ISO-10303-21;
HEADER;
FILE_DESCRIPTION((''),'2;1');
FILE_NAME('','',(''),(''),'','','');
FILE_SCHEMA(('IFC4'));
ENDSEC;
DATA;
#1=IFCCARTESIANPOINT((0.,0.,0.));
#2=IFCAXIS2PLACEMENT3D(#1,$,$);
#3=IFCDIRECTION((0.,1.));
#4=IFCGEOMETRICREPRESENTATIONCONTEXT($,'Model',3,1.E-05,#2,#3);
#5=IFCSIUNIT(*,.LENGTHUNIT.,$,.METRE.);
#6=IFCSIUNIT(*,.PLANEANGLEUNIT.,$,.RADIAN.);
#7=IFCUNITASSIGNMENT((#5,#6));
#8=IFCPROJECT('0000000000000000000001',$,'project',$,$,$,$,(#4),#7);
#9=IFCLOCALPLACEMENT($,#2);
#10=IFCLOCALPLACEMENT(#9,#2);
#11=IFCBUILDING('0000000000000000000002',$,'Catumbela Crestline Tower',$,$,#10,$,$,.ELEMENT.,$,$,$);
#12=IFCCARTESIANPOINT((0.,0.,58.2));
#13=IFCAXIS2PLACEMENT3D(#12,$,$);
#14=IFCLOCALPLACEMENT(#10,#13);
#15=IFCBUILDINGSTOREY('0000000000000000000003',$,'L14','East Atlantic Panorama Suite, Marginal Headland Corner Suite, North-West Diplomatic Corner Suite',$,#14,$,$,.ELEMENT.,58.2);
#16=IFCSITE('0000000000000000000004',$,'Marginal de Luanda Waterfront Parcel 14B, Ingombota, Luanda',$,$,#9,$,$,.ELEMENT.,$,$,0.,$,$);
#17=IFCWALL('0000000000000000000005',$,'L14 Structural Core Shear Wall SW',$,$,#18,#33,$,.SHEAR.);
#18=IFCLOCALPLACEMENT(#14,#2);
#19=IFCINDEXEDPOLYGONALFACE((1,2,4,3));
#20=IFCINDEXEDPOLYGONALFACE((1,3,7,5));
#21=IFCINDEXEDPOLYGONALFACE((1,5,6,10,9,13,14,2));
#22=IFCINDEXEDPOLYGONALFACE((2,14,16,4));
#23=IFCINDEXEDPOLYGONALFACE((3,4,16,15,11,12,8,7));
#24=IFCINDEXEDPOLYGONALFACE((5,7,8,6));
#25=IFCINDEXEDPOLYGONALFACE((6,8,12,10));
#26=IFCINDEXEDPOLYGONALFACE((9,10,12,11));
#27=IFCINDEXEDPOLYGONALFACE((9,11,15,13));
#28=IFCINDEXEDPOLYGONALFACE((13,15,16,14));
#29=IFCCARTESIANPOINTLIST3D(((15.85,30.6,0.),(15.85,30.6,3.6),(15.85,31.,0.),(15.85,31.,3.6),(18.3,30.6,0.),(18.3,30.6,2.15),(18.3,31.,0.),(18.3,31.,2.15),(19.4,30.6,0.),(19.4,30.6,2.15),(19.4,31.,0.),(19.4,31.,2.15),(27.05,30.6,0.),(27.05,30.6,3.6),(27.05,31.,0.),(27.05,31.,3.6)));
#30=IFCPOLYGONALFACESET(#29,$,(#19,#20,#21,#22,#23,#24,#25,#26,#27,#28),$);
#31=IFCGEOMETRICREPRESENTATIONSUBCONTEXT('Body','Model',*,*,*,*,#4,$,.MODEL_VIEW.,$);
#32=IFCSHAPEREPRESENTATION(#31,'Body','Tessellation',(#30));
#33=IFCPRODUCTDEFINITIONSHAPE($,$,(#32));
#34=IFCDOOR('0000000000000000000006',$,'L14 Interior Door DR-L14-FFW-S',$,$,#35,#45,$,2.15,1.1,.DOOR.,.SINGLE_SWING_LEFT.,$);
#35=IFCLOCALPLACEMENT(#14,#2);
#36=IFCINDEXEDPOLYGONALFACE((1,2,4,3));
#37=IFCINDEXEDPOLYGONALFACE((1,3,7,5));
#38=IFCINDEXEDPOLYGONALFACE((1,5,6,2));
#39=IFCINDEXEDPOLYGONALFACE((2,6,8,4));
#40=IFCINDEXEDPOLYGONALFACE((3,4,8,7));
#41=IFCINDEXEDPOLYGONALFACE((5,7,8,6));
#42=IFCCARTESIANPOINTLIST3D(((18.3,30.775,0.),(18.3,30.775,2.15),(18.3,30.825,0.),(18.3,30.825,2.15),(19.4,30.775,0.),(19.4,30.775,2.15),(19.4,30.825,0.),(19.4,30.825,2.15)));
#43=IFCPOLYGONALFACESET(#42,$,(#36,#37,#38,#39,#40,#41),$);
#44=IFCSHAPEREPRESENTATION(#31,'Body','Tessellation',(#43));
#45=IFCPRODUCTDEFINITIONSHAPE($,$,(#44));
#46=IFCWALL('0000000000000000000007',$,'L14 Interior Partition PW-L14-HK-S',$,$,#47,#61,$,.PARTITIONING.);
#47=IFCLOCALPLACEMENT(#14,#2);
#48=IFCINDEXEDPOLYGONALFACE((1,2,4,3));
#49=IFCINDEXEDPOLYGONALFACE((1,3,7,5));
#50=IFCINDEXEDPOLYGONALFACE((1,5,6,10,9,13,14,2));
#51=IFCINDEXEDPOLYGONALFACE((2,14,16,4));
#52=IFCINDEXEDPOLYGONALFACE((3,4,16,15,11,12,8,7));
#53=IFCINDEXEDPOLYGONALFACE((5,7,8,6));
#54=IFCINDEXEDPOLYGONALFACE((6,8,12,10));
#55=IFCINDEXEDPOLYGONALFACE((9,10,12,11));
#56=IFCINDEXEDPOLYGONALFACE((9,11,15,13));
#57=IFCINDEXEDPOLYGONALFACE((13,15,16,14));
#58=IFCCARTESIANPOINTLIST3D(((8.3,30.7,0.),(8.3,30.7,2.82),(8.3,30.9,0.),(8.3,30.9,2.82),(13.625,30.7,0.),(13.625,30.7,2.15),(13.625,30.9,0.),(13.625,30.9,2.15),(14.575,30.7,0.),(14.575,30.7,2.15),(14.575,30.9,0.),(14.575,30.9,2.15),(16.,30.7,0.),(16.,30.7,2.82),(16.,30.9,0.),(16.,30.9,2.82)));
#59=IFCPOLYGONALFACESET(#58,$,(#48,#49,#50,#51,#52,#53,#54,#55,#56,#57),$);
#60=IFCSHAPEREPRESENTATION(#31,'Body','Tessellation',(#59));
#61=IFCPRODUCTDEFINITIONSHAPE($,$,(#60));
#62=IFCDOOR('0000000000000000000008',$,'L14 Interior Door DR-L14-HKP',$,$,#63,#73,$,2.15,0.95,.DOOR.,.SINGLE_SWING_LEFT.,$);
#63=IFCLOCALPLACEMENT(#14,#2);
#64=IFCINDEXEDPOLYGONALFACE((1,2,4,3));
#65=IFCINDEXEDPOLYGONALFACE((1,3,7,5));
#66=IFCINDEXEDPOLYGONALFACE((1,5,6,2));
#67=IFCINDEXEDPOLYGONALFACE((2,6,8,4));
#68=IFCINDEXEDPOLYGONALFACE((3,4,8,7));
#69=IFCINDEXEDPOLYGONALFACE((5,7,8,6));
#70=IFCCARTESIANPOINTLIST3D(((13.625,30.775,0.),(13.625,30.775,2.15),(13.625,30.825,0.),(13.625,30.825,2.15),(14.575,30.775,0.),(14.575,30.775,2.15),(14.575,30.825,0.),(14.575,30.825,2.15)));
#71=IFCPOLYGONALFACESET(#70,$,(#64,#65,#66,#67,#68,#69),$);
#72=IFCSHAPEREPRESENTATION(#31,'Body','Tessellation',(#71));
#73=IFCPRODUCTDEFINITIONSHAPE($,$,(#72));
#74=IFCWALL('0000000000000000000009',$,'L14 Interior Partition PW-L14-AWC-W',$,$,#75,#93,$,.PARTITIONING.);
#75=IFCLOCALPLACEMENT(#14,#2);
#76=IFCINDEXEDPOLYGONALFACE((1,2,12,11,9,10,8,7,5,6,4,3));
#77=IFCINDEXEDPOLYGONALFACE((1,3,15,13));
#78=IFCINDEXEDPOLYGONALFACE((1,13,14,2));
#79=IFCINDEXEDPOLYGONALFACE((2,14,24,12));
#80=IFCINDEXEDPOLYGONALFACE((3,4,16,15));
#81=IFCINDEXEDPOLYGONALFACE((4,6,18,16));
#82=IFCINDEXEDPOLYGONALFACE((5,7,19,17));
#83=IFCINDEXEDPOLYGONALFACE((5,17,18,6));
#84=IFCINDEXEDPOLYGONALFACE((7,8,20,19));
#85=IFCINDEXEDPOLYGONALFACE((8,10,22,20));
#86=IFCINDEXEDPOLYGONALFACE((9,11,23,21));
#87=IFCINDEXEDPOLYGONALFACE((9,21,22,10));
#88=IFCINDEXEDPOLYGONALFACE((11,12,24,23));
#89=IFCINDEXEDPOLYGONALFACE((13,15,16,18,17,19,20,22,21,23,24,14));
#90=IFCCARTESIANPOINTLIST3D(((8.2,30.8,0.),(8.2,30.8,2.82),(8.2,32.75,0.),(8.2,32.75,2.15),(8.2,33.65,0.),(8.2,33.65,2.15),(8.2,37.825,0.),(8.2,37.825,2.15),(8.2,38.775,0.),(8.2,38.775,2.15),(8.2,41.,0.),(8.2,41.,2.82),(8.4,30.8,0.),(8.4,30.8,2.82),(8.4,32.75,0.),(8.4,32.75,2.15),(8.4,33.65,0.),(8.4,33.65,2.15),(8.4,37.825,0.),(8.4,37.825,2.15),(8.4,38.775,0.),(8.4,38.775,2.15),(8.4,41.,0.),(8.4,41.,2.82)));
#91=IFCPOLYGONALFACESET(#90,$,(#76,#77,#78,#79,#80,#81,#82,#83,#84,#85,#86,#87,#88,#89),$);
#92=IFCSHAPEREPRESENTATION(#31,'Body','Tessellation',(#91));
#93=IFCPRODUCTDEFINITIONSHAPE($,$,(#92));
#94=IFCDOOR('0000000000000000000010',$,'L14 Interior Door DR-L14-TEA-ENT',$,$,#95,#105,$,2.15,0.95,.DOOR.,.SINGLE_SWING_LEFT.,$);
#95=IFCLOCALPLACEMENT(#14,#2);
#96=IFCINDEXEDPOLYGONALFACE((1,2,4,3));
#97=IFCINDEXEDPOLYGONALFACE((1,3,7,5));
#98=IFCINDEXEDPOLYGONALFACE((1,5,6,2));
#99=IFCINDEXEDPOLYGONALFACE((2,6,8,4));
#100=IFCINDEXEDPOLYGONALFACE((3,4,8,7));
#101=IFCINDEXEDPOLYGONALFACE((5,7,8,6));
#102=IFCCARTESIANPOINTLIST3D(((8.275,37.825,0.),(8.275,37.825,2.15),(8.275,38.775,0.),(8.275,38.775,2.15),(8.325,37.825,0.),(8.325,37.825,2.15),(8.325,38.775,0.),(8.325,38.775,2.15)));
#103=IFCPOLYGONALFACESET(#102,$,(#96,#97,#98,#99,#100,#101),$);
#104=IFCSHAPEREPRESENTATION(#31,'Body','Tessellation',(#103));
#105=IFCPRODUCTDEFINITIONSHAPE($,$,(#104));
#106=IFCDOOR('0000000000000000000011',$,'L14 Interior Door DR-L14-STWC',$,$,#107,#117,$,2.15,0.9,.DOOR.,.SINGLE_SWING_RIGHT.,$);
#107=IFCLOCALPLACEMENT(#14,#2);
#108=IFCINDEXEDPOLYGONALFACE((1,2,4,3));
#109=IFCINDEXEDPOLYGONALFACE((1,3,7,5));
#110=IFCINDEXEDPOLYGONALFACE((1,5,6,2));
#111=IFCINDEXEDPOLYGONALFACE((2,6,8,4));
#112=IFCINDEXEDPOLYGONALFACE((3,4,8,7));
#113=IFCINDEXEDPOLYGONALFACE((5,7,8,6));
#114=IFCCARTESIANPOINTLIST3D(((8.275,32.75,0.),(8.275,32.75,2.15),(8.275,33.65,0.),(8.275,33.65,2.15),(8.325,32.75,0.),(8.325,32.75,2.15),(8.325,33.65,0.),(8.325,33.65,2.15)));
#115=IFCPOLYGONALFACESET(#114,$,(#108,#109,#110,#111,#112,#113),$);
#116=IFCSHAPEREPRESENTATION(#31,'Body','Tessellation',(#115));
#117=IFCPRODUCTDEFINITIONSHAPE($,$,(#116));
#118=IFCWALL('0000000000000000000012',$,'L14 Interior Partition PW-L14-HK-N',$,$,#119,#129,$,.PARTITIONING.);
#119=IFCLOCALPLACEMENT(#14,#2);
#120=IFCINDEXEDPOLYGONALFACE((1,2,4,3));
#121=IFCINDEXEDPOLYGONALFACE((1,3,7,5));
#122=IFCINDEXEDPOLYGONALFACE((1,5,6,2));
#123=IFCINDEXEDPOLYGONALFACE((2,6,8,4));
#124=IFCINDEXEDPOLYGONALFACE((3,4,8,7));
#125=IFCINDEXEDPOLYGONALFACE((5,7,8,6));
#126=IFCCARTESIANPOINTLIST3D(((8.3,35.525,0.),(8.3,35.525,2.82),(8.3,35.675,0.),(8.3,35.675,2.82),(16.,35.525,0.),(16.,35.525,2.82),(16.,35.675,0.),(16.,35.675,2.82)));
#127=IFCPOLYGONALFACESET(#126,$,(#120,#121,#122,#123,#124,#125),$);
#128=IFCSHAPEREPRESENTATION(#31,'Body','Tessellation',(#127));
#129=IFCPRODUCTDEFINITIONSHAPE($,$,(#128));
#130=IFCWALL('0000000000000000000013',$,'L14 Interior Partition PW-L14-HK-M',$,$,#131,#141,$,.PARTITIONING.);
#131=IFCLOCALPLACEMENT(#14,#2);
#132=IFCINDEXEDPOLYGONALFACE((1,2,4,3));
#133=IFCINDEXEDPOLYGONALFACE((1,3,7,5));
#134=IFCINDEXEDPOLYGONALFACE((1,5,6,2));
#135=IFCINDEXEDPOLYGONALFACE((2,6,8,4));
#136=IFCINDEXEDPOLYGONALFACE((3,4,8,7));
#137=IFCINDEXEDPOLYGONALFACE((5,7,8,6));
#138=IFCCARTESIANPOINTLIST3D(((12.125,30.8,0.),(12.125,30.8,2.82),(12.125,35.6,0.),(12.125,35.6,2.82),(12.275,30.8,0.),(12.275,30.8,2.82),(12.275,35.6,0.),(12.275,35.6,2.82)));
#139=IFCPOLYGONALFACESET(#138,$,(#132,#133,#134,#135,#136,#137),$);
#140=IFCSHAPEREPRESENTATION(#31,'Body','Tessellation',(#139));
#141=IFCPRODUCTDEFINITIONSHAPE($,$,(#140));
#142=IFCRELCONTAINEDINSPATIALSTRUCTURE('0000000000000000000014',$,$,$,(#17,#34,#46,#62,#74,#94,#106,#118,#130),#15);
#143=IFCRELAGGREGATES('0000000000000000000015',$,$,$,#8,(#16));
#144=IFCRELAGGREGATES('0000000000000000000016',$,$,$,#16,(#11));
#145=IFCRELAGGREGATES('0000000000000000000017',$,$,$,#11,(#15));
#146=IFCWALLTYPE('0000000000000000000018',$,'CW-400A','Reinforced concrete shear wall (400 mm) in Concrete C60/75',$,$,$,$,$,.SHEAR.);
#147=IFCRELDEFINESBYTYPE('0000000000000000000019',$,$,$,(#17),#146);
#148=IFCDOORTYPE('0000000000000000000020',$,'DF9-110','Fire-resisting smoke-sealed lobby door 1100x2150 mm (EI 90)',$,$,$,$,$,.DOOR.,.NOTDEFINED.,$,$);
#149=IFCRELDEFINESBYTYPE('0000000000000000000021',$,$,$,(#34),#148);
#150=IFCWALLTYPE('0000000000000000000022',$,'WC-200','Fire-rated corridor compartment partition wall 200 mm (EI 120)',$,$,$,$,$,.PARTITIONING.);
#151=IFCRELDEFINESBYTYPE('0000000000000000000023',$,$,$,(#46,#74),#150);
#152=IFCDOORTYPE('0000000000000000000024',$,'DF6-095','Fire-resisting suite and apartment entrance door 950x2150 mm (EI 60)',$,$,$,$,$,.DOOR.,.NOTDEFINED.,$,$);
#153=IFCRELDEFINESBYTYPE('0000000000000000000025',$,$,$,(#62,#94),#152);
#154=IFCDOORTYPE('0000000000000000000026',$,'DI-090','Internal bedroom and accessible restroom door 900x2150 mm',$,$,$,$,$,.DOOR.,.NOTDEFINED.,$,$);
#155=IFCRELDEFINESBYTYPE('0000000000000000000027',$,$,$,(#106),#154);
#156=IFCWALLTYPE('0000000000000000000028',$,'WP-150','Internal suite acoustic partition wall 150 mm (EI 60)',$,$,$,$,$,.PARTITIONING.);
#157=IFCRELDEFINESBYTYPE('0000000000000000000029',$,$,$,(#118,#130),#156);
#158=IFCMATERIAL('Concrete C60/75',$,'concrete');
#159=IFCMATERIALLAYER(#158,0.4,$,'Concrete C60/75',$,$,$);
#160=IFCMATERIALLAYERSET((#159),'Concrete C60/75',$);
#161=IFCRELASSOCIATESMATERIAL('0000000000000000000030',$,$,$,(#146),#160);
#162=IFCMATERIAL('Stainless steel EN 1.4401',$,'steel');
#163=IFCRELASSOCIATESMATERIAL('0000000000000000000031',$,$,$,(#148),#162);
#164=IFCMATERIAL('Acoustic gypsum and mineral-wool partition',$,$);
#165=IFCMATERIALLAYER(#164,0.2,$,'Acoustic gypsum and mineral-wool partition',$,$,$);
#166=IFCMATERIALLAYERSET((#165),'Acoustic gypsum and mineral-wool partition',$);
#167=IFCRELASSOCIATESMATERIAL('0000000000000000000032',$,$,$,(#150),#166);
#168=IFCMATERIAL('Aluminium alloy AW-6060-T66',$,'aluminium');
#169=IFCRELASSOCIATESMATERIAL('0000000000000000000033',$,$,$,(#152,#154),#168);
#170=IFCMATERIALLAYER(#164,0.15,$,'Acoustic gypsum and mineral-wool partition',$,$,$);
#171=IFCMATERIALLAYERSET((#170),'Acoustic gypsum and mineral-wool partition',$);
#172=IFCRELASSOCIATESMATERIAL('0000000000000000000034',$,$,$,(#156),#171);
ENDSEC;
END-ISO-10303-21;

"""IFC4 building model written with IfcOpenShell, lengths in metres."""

from ifc_helpers import new_model, si_unit, direction, frame, frame_2d, origin, place, context, subcontext, project, spatial, rectangle, extrude, material, layer, layer_set, type_object, element, fill, save


model = new_model("IFC4")

# Units and contexts
model_context = context("Model", 3, precision=1e-05, world=origin(), true_north=direction((0.0, 1.0)))
body_context = subcontext(model_context, "Body", "Model", "MODEL_VIEW")
ifc_project = project(units=[si_unit("LENGTHUNIT", "METRE"), si_unit("PLANEANGLEUNIT", "RADIAN")], contexts=[model_context])

# Site, building, storey
site_placement = place(None, origin())
site = spatial("IfcSite", under=ifc_project, at=site_placement, Name="Marginal de Luanda Waterfront Parcel 14B, Ingombota, Luanda", CompositionType="ELEMENT", RefElevation=0.0)
building_placement = place(site_placement, origin())
building = spatial("IfcBuilding", under=site, at=building_placement, Name="Catumbela Crestline Tower", CompositionType="ELEMENT")
storey_placement = place(building_placement, frame((0.0, 0.0, 58.2)))
storey = spatial("IfcBuildingStorey", under=building, at=storey_placement, Name="L14", Description="East Atlantic Panorama Suite, Marginal Headland Corner Suite, North-West Diplomatic Corner Suite", CompositionType="ELEMENT", Elevation=58.2)

# Shared definitions
ifc_material_1 = material(Name="Stainless steel EN 1.4401", Category="steel")

# Shared definitions
ifc_material_2 = material(Name="Concrete C60/75", Category="concrete")
ifc_layer_1 = layer(ifc_material_2, 0.4, Name="Concrete C60/75")
ifc_layer_set_1 = layer_set([ifc_layer_1], Name="Concrete C60/75")
wall_type_1 = type_object("IfcWallType", Name="CW-400A", Description="Reinforced concrete shear wall (400 mm) in Concrete C60/75", PredefinedType="SHEAR", material=ifc_layer_set_1)

# Walls, openings, doors
wall_1_placement = place(storey_placement, frame((15.85, 30.8, 0.0), z_axis=(0.0, 0.0, 1.0), x_axis=(1.0, 0.0, 0.0)))
wall_1 = element("IfcWall", 1, at=wall_1_placement, inside=storey, type_object=wall_type_1, Name="L14 Structural Core Shear Wall SW", PredefinedType="SHEAR", context=body_context, shape_type="SweptSolid", body=[
    extrude(rectangle(XDim=11.2, YDim=0.4, at=frame_2d((5.6, 0.0))), origin(), (0.0, 0.0, 1.0), 3.6),
])
opening_1_placement = place(wall_1_placement, frame((2.45, 0.0, 0.0)))
opening_1 = element("IfcOpeningElement", 2, at=opening_1_placement, cuts=wall_1, PredefinedType="OPENING", context=body_context, shape_type="SweptSolid", body=[
    extrude(rectangle(XDim=1.1, YDim=2.15, at=frame_2d((0.55, 1.075))), frame((0.0, 0.21, 0.0), z_axis=(0.0, -1.0, 0.0), x_axis=(1.0, 0.0, 0.0)), (0.0, 0.0, 1.0), 0.42),
])
door_type_1 = type_object("IfcDoorType", Name="DF9-110", Description="Fire-resisting smoke-sealed lobby door 1100x2150 mm (EI 90)", OperationType="NOTDEFINED", PredefinedType="DOOR", material=ifc_material_1)
door_1_placement = place(opening_1_placement, origin())
door_1 = element("IfcDoor", 3, at=door_1_placement, inside=storey, type_object=door_type_1, Name="L14 Interior Door DR-L14-FFW-S", OperationType="SINGLE_SWING_LEFT", OverallHeight=2.15, OverallWidth=1.1, PredefinedType="DOOR", context=body_context, shape_type="SweptSolid", body=[
    extrude(rectangle(XDim=1.1, YDim=2.15, at=frame_2d((0.55, 1.075))), frame((0.0, 0.025, 0.0), z_axis=(0.0, -1.0, 0.0), x_axis=(1.0, 0.0, 0.0)), (0.0, 0.0, 1.0), 0.05),
])
fill(opening_1, door_1)
ifc_material_3 = material(Name="Acoustic gypsum and mineral-wool partition")
ifc_layer_2 = layer(ifc_material_3, 0.2, Name="Acoustic gypsum and mineral-wool partition")
ifc_layer_set_2 = layer_set([ifc_layer_2], Name="Acoustic gypsum and mineral-wool partition")
wall_type_2 = type_object("IfcWallType", Name="WC-200", Description="Fire-rated corridor compartment partition wall 200 mm (EI 120)", PredefinedType="PARTITIONING", material=ifc_layer_set_2)
wall_2_placement = place(storey_placement, frame((8.3, 30.8, 0.0), z_axis=(0.0, 0.0, 1.0), x_axis=(1.0, 0.0, 0.0)))
wall_2 = element("IfcWall", 4, at=wall_2_placement, inside=storey, type_object=wall_type_2, Name="L14 Interior Partition PW-L14-HK-S", PredefinedType="PARTITIONING", context=body_context, shape_type="SweptSolid", body=[
    extrude(rectangle(XDim=7.7, YDim=0.2, at=frame_2d((3.85, 0.0))), origin(), (0.0, 0.0, 1.0), 2.82),
])
opening_2_placement = place(wall_2_placement, frame((5.325, 0.0, 0.0)))
opening_2 = element("IfcOpeningElement", 5, at=opening_2_placement, cuts=wall_2, PredefinedType="OPENING", context=body_context, shape_type="SweptSolid", body=[
    extrude(rectangle(XDim=0.95, YDim=2.15, at=frame_2d((0.475, 1.075))), frame((0.0, 0.11, 0.0), z_axis=(0.0, -1.0, 0.0), x_axis=(1.0, 0.0, 0.0)), (0.0, 0.0, 1.0), 0.22),
])
ifc_material_4 = material(Name="Aluminium alloy AW-6060-T66", Category="aluminium")
door_type_2 = type_object("IfcDoorType", Name="DF6-095", Description="Fire-resisting suite and apartment entrance door 950x2150 mm (EI 60)", OperationType="NOTDEFINED", PredefinedType="DOOR", material=ifc_material_4)
door_2_placement = place(opening_2_placement, origin())
door_2 = element("IfcDoor", 6, at=door_2_placement, inside=storey, type_object=door_type_2, Name="L14 Interior Door DR-L14-HKP", OperationType="SINGLE_SWING_LEFT", OverallHeight=2.15, OverallWidth=0.95, PredefinedType="DOOR", context=body_context, shape_type="SweptSolid", body=[
    extrude(rectangle(XDim=0.95, YDim=2.15, at=frame_2d((0.475, 1.075))), frame((0.0, 0.025, 0.0), z_axis=(0.0, -1.0, 0.0), x_axis=(1.0, 0.0, 0.0)), (0.0, 0.0, 1.0), 0.05),
])
fill(opening_2, door_2)

# Wall, openings, doors
wall_3_placement = place(storey_placement, frame((8.3, 30.8, 0.0), z_axis=(0.0, 0.0, 1.0), x_axis=(0.0, 1.0, 0.0)))
wall_3 = element("IfcWall", 7, at=wall_3_placement, inside=storey, type_object=wall_type_2, Name="L14 Interior Partition PW-L14-AWC-W", PredefinedType="PARTITIONING", context=body_context, shape_type="SweptSolid", body=[
    extrude(rectangle(XDim=10.2, YDim=0.2, at=frame_2d((5.1, 0.0))), origin(), (0.0, 0.0, 1.0), 2.82),
])
opening_3_placement = place(wall_3_placement, frame((1.95, 0.0, 0.0)))
opening_3 = element("IfcOpeningElement", 8, at=opening_3_placement, cuts=wall_3, PredefinedType="OPENING", context=body_context, shape_type="SweptSolid", body=[
    extrude(rectangle(XDim=0.9, YDim=2.15, at=frame_2d((0.45, 1.075))), frame((0.0, 0.11, 0.0), z_axis=(0.0, -1.0, 0.0), x_axis=(1.0, 0.0, 0.0)), (0.0, 0.0, 1.0), 0.22),
])
opening_4_placement = place(wall_3_placement, frame((7.025, 0.0, 0.0)))
opening_4 = element("IfcOpeningElement", 9, at=opening_4_placement, cuts=wall_3, PredefinedType="OPENING", context=body_context, shape_type="SweptSolid", body=[
    extrude(rectangle(XDim=0.95, YDim=2.15, at=frame_2d((0.475, 1.075))), frame((0.0, 0.11, 0.0), z_axis=(0.0, -1.0, 0.0), x_axis=(1.0, 0.0, 0.0)), (0.0, 0.0, 1.0), 0.22),
])
door_3_placement = place(opening_4_placement, origin())
door_3 = element("IfcDoor", 10, at=door_3_placement, inside=storey, type_object=door_type_2, Name="L14 Interior Door DR-L14-TEA-ENT", OperationType="SINGLE_SWING_LEFT", OverallHeight=2.15, OverallWidth=0.95, PredefinedType="DOOR", context=body_context, shape_type="SweptSolid", body=[
    extrude(rectangle(XDim=0.95, YDim=2.15, at=frame_2d((0.475, 1.075))), frame((0.0, 0.025, 0.0), z_axis=(0.0, -1.0, 0.0), x_axis=(1.0, 0.0, 0.0)), (0.0, 0.0, 1.0), 0.05),
])
fill(opening_4, door_3)
door_type_3 = type_object("IfcDoorType", Name="DI-090", Description="Internal bedroom and accessible restroom door 900x2150 mm", OperationType="NOTDEFINED", PredefinedType="DOOR", material=ifc_material_4)
door_4_placement = place(opening_3_placement, origin())
door_4 = element("IfcDoor", 11, at=door_4_placement, inside=storey, type_object=door_type_3, Name="L14 Interior Door DR-L14-STWC", OperationType="SINGLE_SWING_RIGHT", OverallHeight=2.15, OverallWidth=0.9, PredefinedType="DOOR", context=body_context, shape_type="SweptSolid", body=[
    extrude(rectangle(XDim=0.9, YDim=2.15, at=frame_2d((0.45, 1.075))), frame((0.0, 0.025, 0.0), z_axis=(0.0, -1.0, 0.0), x_axis=(1.0, 0.0, 0.0)), (0.0, 0.0, 1.0), 0.05),
])
fill(opening_3, door_4)

# Walls
ifc_layer_3 = layer(ifc_material_3, 0.15, Name="Acoustic gypsum and mineral-wool partition")
ifc_layer_set_3 = layer_set([ifc_layer_3], Name="Acoustic gypsum and mineral-wool partition")
wall_type_3 = type_object("IfcWallType", Name="WP-150", Description="Internal suite acoustic partition wall 150 mm (EI 60)", PredefinedType="PARTITIONING", material=ifc_layer_set_3)
wall_4_placement = place(storey_placement, frame((8.3, 35.6, 0.0), z_axis=(0.0, 0.0, 1.0), x_axis=(1.0, 0.0, 0.0)))
element("IfcWall", 12, at=wall_4_placement, inside=storey, type_object=wall_type_3, Name="L14 Interior Partition PW-L14-HK-N", PredefinedType="PARTITIONING", context=body_context, shape_type="SweptSolid", body=[
    extrude(rectangle(XDim=7.7, YDim=0.15, at=frame_2d((3.85, 0.0))), origin(), (0.0, 0.0, 1.0), 2.82),
])
wall_5_placement = place(storey_placement, frame((12.2, 30.8, 0.0), z_axis=(0.0, 0.0, 1.0), x_axis=(0.0, 1.0, 0.0)))
element("IfcWall", 13, at=wall_5_placement, inside=storey, type_object=wall_type_3, Name="L14 Interior Partition PW-L14-HK-M", PredefinedType="PARTITIONING", context=body_context, shape_type="SweptSolid", body=[
    extrude(rectangle(XDim=4.8, YDim=0.15, at=frame_2d((2.4, 0.0))), origin(), (0.0, 0.0, 1.0), 2.82),
])

save(model, "model.ifc")
